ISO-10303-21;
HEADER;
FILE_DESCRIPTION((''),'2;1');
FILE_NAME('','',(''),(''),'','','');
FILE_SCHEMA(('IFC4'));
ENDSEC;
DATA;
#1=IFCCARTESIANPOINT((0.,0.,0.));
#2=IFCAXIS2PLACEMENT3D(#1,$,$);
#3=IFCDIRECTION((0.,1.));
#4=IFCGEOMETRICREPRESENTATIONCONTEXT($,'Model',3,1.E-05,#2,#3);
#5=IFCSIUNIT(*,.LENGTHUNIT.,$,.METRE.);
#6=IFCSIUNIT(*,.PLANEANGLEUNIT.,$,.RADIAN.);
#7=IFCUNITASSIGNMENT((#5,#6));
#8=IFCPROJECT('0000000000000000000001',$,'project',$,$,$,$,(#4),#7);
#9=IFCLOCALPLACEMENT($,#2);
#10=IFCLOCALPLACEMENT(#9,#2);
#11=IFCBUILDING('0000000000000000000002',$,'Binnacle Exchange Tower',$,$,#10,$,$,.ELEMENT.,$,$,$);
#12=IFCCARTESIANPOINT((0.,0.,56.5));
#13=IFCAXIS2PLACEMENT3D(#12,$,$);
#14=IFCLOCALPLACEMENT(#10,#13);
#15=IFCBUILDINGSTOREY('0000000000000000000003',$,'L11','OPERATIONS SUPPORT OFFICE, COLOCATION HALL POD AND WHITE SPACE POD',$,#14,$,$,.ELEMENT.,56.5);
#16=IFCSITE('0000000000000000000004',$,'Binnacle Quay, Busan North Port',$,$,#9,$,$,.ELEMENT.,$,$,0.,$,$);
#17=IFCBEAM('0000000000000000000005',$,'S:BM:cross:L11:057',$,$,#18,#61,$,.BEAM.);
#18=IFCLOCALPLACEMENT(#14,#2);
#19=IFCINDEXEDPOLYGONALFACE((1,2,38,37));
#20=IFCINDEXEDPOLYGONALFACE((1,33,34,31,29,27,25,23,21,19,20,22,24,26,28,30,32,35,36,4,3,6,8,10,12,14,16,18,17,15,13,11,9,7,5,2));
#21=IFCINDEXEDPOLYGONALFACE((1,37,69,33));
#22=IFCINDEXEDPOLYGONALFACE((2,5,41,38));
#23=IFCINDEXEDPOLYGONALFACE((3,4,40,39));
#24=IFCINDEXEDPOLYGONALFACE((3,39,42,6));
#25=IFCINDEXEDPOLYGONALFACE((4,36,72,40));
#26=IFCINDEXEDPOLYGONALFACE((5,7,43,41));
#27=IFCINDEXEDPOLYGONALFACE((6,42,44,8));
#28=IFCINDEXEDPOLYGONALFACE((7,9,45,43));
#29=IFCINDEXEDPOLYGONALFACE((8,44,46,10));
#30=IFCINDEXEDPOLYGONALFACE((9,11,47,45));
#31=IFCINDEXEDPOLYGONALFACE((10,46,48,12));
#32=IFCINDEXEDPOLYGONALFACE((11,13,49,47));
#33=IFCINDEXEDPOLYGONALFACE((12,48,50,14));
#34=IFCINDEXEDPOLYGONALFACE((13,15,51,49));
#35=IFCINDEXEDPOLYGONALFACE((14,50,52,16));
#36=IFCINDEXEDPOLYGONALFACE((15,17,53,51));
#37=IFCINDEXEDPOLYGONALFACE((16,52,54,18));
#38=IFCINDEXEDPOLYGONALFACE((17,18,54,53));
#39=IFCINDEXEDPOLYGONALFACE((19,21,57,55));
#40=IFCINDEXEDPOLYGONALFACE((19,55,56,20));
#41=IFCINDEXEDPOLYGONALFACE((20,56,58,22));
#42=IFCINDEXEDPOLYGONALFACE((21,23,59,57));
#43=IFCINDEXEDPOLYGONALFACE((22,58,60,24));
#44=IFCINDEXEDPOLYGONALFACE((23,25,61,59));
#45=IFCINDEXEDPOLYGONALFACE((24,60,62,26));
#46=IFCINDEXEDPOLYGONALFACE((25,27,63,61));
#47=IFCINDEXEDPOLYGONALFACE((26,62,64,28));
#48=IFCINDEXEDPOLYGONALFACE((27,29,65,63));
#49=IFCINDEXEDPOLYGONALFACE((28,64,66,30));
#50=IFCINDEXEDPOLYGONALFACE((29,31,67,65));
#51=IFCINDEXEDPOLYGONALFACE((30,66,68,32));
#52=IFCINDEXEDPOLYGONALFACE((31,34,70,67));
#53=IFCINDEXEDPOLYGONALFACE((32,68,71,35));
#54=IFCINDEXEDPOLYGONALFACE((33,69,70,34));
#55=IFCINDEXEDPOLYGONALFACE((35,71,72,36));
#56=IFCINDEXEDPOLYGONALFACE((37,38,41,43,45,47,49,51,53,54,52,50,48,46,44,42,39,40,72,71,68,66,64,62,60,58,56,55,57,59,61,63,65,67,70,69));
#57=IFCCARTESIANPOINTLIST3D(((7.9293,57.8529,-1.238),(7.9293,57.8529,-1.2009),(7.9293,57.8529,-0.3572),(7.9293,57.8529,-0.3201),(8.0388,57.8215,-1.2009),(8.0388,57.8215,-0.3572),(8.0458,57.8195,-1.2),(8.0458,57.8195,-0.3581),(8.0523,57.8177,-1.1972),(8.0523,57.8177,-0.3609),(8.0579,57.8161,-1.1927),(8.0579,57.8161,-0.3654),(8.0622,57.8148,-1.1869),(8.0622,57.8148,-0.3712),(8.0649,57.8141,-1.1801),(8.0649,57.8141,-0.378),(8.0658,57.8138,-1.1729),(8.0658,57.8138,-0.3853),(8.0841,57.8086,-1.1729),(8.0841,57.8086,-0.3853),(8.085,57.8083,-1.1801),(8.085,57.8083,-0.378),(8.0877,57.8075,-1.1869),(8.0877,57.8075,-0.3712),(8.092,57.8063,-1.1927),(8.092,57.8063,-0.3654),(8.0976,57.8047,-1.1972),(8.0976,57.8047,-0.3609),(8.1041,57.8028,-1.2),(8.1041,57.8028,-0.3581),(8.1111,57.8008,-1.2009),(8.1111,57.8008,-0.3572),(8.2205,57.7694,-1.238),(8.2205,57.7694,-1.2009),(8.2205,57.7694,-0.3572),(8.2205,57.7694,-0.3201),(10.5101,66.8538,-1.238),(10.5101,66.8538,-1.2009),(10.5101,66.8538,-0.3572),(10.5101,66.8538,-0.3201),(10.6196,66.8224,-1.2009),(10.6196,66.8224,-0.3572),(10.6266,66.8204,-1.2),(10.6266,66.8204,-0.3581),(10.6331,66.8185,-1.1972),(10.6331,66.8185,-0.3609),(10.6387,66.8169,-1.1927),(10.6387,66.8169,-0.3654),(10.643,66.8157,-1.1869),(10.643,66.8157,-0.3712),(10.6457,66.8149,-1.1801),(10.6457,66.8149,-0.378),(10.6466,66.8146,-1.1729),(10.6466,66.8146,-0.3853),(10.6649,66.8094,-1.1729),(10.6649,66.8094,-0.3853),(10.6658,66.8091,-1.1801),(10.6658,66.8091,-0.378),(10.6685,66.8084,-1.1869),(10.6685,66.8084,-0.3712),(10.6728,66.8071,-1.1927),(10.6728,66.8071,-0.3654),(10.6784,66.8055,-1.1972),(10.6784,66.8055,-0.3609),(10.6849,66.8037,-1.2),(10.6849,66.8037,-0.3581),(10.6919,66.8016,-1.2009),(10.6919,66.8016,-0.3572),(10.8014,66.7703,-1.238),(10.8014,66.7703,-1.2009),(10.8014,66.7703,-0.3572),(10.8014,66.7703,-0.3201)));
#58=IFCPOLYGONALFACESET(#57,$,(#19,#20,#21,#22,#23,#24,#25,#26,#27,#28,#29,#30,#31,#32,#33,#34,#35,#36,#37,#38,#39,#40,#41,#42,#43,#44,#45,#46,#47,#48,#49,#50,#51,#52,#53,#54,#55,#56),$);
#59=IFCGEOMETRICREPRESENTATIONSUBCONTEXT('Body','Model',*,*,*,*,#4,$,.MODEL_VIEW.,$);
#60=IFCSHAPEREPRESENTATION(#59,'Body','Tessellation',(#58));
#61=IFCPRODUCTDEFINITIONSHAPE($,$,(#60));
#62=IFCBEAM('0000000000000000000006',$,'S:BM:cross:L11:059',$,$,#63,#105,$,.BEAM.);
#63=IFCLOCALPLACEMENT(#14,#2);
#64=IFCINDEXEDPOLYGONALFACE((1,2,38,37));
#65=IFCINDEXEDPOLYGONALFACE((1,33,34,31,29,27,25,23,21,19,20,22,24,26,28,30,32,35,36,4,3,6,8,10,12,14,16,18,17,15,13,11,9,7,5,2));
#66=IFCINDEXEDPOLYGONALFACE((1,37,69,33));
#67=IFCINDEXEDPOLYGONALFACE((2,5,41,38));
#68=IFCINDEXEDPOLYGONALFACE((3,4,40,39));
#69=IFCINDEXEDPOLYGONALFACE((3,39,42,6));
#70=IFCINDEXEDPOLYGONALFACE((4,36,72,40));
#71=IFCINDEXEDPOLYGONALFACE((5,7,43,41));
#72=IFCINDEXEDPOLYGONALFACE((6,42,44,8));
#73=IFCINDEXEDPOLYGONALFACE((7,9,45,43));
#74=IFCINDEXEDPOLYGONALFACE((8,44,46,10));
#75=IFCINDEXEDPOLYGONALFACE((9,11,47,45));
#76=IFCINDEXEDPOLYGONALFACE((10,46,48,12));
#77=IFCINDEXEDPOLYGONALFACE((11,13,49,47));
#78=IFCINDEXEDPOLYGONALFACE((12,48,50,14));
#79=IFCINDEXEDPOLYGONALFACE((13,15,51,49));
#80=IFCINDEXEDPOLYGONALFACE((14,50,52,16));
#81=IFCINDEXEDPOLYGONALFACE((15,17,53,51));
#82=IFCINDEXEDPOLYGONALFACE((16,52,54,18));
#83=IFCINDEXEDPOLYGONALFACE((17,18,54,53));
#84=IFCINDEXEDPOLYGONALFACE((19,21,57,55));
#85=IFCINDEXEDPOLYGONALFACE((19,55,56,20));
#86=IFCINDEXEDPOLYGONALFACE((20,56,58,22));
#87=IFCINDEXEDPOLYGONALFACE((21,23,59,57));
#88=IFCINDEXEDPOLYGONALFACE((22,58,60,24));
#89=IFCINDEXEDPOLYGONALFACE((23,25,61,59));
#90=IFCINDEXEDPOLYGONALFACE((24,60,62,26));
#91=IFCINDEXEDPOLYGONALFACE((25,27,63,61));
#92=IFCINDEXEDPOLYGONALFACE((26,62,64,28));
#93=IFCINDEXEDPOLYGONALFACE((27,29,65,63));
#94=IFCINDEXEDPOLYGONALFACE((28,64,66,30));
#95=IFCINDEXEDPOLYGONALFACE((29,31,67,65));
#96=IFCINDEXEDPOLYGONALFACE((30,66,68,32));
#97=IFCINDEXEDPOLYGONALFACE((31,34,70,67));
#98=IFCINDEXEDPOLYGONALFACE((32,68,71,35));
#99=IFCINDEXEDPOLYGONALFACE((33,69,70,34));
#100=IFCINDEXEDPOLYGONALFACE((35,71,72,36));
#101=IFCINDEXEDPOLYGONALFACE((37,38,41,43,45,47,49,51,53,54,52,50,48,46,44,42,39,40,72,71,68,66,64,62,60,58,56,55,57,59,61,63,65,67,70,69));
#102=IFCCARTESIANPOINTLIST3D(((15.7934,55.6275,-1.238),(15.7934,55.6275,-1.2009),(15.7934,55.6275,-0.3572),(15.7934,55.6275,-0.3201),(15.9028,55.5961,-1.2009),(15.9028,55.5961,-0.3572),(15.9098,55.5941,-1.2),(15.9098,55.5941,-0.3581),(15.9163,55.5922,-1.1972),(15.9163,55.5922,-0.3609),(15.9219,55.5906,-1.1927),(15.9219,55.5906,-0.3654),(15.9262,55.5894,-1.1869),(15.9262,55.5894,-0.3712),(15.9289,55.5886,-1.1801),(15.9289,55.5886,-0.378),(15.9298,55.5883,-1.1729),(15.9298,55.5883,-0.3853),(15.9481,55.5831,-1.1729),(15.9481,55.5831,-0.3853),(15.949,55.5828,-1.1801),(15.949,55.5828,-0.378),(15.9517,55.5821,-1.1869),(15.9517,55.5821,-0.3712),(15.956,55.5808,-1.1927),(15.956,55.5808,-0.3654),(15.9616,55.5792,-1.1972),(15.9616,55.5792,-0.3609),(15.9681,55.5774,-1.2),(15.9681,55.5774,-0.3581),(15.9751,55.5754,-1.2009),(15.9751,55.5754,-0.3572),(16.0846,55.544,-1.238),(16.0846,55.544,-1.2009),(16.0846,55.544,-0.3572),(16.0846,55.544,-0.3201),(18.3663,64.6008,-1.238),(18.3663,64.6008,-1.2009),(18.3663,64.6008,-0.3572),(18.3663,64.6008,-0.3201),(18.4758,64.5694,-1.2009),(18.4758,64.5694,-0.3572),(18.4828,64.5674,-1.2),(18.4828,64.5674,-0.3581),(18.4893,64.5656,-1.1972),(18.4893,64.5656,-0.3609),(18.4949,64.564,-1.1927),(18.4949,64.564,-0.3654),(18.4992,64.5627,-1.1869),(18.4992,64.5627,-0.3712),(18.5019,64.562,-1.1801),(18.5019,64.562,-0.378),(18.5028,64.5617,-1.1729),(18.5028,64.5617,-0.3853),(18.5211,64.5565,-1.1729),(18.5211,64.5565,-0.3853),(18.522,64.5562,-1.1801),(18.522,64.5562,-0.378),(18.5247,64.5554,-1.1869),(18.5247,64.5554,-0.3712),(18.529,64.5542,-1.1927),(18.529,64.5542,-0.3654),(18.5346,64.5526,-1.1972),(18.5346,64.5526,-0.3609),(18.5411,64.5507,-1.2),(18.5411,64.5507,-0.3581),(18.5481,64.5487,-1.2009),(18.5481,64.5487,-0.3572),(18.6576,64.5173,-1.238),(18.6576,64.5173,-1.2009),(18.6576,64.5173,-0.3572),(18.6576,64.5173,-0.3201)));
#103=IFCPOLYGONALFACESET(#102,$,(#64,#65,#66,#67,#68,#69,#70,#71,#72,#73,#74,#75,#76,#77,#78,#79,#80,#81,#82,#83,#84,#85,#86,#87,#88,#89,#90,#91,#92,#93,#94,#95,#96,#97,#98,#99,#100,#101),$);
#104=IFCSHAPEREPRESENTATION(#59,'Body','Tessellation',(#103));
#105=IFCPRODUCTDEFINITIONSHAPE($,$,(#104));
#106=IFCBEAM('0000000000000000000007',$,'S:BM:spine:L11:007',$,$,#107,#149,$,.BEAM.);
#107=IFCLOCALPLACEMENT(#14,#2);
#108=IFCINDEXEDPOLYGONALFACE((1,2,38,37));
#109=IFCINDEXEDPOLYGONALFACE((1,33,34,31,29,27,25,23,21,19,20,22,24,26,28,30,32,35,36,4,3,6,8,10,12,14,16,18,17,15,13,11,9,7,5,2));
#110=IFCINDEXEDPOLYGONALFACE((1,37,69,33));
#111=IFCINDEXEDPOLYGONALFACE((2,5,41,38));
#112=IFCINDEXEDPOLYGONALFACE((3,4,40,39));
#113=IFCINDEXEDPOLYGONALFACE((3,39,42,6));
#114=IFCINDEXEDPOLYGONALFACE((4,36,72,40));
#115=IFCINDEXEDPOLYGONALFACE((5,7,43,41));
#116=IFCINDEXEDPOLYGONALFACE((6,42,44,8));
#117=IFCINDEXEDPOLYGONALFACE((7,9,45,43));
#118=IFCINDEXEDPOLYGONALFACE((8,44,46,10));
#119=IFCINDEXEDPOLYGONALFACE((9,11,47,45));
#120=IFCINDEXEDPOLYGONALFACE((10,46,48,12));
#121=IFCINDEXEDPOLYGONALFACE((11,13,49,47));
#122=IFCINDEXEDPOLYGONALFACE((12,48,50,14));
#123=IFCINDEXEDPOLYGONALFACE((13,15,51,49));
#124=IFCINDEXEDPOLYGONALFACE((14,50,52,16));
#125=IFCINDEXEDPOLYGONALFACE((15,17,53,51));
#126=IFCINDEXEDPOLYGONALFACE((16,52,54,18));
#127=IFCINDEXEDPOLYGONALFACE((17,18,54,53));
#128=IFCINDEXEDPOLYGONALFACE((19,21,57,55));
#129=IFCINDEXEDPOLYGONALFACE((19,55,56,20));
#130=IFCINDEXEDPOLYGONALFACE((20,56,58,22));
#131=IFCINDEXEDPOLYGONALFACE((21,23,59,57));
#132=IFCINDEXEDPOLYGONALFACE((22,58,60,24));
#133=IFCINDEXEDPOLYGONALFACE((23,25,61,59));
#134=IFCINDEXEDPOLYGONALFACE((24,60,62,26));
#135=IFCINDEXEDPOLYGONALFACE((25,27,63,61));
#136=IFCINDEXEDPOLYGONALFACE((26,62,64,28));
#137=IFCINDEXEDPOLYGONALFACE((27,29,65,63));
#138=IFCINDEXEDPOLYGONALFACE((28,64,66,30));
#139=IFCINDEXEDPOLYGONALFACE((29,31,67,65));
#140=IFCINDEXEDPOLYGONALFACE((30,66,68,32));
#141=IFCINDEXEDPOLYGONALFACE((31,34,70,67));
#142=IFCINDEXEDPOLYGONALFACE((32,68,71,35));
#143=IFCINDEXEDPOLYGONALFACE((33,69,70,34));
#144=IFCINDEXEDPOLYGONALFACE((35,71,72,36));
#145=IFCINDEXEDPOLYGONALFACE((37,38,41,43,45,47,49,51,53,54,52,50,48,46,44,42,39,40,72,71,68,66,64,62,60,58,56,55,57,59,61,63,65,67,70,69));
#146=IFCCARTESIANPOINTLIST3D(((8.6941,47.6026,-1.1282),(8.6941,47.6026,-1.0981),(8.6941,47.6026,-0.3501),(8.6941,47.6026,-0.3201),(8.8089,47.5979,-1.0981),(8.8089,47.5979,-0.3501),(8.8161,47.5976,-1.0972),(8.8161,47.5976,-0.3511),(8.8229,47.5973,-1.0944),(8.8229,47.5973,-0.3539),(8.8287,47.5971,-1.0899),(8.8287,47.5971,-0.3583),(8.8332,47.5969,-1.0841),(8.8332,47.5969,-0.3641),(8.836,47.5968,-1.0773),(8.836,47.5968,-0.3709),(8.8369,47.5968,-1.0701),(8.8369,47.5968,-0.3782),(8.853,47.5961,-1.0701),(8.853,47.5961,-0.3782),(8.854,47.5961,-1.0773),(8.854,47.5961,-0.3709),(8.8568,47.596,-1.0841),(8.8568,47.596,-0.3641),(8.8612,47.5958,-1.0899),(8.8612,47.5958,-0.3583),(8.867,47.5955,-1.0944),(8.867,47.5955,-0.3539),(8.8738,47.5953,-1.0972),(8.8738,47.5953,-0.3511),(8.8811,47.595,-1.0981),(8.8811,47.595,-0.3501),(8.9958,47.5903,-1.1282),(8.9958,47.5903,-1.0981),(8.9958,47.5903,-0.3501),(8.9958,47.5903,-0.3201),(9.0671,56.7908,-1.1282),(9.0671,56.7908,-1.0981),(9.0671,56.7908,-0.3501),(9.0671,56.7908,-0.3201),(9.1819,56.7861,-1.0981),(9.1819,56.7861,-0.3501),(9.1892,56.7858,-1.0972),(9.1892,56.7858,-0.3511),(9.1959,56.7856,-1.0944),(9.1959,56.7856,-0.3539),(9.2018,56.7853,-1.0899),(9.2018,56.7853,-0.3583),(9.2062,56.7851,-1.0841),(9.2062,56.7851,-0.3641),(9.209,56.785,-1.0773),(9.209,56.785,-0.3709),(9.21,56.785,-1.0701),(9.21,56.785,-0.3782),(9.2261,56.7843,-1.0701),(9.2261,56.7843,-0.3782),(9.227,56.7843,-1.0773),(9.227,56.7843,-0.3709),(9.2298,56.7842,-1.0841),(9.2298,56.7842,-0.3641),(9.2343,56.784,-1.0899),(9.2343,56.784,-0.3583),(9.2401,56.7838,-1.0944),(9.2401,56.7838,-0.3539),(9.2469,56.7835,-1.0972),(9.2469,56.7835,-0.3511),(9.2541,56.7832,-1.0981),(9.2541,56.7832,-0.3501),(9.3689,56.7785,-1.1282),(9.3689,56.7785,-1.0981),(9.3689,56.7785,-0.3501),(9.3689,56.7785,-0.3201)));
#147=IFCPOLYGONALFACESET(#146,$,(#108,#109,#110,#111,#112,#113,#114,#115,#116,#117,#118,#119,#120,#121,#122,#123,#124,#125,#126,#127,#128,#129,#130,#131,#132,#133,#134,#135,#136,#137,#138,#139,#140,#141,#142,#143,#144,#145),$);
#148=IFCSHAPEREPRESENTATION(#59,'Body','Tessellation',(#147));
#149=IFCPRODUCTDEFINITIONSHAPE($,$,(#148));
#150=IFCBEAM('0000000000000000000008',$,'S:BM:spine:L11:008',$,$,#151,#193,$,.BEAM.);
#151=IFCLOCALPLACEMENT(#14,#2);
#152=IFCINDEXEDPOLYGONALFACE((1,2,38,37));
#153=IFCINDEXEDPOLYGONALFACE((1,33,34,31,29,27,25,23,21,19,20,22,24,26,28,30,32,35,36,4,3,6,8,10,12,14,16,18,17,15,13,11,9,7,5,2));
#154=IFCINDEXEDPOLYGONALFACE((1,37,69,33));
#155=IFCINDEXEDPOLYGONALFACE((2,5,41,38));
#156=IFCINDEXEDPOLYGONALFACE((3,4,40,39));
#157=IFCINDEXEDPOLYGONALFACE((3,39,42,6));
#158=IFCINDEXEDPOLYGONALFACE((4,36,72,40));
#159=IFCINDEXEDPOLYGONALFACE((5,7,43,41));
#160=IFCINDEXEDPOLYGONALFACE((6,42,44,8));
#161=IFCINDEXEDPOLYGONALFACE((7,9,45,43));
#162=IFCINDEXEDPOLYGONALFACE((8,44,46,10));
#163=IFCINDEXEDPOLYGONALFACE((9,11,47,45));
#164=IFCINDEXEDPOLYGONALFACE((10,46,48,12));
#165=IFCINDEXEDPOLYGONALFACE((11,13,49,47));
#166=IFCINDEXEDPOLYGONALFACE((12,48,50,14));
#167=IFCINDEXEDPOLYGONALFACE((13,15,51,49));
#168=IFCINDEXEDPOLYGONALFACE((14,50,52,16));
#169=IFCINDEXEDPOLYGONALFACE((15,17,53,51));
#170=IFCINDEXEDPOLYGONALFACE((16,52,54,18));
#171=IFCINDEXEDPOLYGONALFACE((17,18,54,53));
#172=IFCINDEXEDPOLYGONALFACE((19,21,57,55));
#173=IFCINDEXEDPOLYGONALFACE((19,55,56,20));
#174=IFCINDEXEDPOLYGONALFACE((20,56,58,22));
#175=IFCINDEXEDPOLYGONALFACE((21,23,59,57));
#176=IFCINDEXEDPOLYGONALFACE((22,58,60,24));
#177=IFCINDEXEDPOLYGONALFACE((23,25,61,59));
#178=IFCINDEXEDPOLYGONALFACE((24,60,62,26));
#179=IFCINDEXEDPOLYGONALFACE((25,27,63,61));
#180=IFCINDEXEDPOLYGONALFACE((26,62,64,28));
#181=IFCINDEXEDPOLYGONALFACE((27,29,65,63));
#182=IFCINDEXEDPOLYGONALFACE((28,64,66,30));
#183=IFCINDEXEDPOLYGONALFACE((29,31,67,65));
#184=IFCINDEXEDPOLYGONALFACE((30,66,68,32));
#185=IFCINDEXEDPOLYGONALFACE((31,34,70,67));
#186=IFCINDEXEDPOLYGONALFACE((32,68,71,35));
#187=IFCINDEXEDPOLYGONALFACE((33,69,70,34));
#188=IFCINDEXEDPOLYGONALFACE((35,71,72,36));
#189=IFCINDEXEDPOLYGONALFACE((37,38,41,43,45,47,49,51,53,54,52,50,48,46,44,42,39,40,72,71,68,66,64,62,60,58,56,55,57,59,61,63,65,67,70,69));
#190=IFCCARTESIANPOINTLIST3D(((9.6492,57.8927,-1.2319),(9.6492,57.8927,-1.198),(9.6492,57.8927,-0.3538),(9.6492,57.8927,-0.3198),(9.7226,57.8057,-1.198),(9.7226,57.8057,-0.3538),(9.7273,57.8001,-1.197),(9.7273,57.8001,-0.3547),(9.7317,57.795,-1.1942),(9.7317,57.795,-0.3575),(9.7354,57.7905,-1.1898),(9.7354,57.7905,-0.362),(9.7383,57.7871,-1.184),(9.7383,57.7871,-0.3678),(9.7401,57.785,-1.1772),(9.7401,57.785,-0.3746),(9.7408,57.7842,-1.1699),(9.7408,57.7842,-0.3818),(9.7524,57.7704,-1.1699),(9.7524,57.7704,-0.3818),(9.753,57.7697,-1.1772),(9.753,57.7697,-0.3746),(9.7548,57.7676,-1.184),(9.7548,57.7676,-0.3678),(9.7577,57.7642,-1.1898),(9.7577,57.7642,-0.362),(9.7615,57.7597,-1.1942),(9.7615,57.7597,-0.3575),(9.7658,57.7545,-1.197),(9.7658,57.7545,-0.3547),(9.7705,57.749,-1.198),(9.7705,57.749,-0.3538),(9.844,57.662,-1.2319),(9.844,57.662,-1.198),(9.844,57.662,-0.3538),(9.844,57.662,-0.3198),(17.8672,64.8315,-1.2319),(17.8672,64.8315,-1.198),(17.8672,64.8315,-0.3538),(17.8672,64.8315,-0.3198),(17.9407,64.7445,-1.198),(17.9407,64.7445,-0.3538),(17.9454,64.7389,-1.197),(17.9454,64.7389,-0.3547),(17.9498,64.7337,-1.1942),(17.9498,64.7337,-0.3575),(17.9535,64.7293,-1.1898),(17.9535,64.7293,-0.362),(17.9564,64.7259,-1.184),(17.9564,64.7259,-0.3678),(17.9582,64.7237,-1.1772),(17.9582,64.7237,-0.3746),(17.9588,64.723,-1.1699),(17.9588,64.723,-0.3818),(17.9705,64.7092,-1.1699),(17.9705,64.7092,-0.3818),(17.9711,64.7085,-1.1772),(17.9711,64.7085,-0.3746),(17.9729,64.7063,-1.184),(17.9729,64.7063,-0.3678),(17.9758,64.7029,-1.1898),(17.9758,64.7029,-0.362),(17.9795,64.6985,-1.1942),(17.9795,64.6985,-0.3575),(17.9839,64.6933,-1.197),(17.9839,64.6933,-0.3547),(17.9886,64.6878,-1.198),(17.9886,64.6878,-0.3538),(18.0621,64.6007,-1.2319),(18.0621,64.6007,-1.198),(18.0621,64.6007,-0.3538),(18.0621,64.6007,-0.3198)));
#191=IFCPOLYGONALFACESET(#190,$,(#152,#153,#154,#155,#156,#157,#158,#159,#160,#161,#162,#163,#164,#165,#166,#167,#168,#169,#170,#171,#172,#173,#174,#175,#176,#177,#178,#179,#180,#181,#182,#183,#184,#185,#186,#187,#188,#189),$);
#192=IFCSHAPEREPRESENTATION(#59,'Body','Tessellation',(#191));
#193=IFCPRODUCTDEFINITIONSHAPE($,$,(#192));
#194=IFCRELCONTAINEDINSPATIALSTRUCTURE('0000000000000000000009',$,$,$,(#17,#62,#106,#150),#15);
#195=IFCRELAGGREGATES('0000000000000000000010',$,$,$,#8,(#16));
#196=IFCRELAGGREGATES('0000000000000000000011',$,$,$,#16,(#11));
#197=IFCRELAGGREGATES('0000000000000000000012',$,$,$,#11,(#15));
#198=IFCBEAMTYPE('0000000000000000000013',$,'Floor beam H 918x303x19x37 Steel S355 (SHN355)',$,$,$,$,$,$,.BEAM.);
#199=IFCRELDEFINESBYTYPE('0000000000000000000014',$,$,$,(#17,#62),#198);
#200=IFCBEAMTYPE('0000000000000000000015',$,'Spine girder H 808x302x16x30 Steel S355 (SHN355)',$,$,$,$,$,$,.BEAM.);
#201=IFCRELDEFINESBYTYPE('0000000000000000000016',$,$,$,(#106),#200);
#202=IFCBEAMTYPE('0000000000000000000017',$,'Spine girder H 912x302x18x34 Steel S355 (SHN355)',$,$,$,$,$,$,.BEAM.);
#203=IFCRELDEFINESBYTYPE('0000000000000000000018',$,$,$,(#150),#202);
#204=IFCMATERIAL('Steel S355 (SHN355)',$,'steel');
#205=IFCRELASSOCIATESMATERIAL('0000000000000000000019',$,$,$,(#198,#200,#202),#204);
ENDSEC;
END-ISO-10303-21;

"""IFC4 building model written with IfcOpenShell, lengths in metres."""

from ifc_helpers import new_model, si_unit, direction, frame, origin, origin_2d, place, context, subcontext, project, spatial, i_section, extrude, material, material_profile, profile_set, type_object, element, save


model = new_model("IFC4")

# Units and contexts
model_context = context("Model", 3, precision=1e-05, world=origin(), true_north=direction((0.0, 1.0)))
body_context = subcontext(model_context, "Body", "Model", "MODEL_VIEW")
ifc_project = project(units=[si_unit("LENGTHUNIT", "METRE"), si_unit("PLANEANGLEUNIT", "RADIAN")], contexts=[model_context])

# Site, building, storey
site_placement = place(None, origin())
site = spatial("IfcSite", under=ifc_project, at=site_placement, Name="Binnacle Quay, Busan North Port", CompositionType="ELEMENT", RefElevation=0.0)
building_placement = place(site_placement, origin())
building = spatial("IfcBuilding", under=site, at=building_placement, Name="Binnacle Exchange Tower", CompositionType="ELEMENT")
storey_placement = place(building_placement, frame((0.0, 0.0, 56.5)))
storey = spatial("IfcBuildingStorey", under=building, at=storey_placement, Name="L11", Description="OPERATIONS SUPPORT OFFICE, COLOCATION HALL POD AND WHITE SPACE POD", CompositionType="ELEMENT", Elevation=56.5)

# Beams
ifc_material_1 = material(Name="Steel S355 (SHN355)", Category="steel")
ifc_material_profile_1 = material_profile(ifc_material_1, i_section(OverallWidth=0.303, OverallDepth=0.918, WebThickness=0.019, FlangeThickness=0.0371, FilletRadius=0.0281, at=origin_2d()), Name="H 918x303x19x37")
ifc_profile_set_1 = profile_set([ifc_material_profile_1], Name="Steel S355 (SHN355)")
beam_type_1 = type_object("IfcBeamType", Name="Floor beam H 918x303x19x37 Steel S355 (SHN355)", PredefinedType="BEAM", material=ifc_profile_set_1)
beam_1_placement = place(storey_placement, frame((10.6558, 66.812, -0.7791), z_axis=(-0.275627, -0.961265, 0.0), x_axis=(0.961265, -0.275627, 0.0)))
element("IfcBeam", 1, at=beam_1_placement, inside=storey, type_object=beam_type_1, Name="S:BM:cross:L11:057", PredefinedType="BEAM", context=body_context, shape_type="SweptSolid", body=[
    extrude(i_section(OverallWidth=0.303, OverallDepth=0.918, WebThickness=0.019, FlangeThickness=0.0371, FilletRadius=0.0281, at=origin_2d()), origin(), (0.0, 0.0, 1.0), 9.3635),
])
beam_2_placement = place(storey_placement, frame((18.512, 64.5591, -0.7791), z_axis=(-0.275629, -0.961264, 0.0), x_axis=(0.961264, -0.275629, 0.0)))
element("IfcBeam", 2, at=beam_2_placement, inside=storey, type_object=beam_type_1, Name="S:BM:cross:L11:059", PredefinedType="BEAM", context=body_context, shape_type="SweptSolid", body=[
    extrude(i_section(OverallWidth=0.303, OverallDepth=0.918, WebThickness=0.019, FlangeThickness=0.0371, FilletRadius=0.0281, at=origin_2d()), origin(), (0.0, 0.0, 1.0), 9.335),
])
ifc_material_profile_2 = material_profile(ifc_material_1, i_section(OverallWidth=0.302, OverallDepth=0.8081, WebThickness=0.0161, FlangeThickness=0.03, FilletRadius=0.0281, at=origin_2d()), Name="H 808x302x16x30")
ifc_profile_set_2 = profile_set([ifc_material_profile_2], Name="Steel S355 (SHN355)")
beam_type_2 = type_object("IfcBeamType", Name="Spine girder H 808x302x16x30 Steel S355 (SHN355)", PredefinedType="BEAM", material=ifc_profile_set_2)
beam_3_placement = place(storey_placement, frame((9.218, 56.7847, -0.7241), z_axis=(-0.040567, -0.999177, 0.0), x_axis=(0.999177, -0.040567, 0.0)))
element("IfcBeam", 3, at=beam_3_placement, inside=storey, type_object=beam_type_2, Name="S:BM:spine:L11:007", PredefinedType="BEAM", context=body_context, shape_type="SweptSolid", body=[
    extrude(i_section(OverallWidth=0.302, OverallDepth=0.8081, WebThickness=0.0161, FlangeThickness=0.03, FilletRadius=0.0281, at=origin_2d()), origin(), (0.0, 0.0, 1.0), 9.1958),
])
ifc_material_profile_3 = material_profile(ifc_material_1, i_section(OverallWidth=0.302, OverallDepth=0.9121, WebThickness=0.0181, FlangeThickness=0.0339, FilletRadius=0.0281, at=origin_2d()), Name="H 912x302x18x34")
ifc_profile_set_3 = profile_set([ifc_material_profile_3], Name="Steel S355 (SHN355)")
beam_type_3 = type_object("IfcBeamType", Name="Spine girder H 912x302x18x34 Steel S355 (SHN355)", PredefinedType="BEAM", material=ifc_profile_set_3)
beam_4_placement = place(storey_placement, frame((9.7466, 57.7773, -0.7759), z_axis=(0.764073, 0.64513, 0.0), x_axis=(-0.64513, 0.764073, 0.0)))
element("IfcBeam", 4, at=beam_4_placement, inside=storey, type_object=beam_type_3, Name="S:BM:spine:L11:008", PredefinedType="BEAM", context=body_context, shape_type="SweptSolid", body=[
    extrude(i_section(OverallWidth=0.302, OverallDepth=0.9121, WebThickness=0.0181, FlangeThickness=0.0339, FilletRadius=0.0281, at=origin_2d()), origin(), (0.0, 0.0, 1.0), 10.7556),
])

save(model, "model.ifc")
